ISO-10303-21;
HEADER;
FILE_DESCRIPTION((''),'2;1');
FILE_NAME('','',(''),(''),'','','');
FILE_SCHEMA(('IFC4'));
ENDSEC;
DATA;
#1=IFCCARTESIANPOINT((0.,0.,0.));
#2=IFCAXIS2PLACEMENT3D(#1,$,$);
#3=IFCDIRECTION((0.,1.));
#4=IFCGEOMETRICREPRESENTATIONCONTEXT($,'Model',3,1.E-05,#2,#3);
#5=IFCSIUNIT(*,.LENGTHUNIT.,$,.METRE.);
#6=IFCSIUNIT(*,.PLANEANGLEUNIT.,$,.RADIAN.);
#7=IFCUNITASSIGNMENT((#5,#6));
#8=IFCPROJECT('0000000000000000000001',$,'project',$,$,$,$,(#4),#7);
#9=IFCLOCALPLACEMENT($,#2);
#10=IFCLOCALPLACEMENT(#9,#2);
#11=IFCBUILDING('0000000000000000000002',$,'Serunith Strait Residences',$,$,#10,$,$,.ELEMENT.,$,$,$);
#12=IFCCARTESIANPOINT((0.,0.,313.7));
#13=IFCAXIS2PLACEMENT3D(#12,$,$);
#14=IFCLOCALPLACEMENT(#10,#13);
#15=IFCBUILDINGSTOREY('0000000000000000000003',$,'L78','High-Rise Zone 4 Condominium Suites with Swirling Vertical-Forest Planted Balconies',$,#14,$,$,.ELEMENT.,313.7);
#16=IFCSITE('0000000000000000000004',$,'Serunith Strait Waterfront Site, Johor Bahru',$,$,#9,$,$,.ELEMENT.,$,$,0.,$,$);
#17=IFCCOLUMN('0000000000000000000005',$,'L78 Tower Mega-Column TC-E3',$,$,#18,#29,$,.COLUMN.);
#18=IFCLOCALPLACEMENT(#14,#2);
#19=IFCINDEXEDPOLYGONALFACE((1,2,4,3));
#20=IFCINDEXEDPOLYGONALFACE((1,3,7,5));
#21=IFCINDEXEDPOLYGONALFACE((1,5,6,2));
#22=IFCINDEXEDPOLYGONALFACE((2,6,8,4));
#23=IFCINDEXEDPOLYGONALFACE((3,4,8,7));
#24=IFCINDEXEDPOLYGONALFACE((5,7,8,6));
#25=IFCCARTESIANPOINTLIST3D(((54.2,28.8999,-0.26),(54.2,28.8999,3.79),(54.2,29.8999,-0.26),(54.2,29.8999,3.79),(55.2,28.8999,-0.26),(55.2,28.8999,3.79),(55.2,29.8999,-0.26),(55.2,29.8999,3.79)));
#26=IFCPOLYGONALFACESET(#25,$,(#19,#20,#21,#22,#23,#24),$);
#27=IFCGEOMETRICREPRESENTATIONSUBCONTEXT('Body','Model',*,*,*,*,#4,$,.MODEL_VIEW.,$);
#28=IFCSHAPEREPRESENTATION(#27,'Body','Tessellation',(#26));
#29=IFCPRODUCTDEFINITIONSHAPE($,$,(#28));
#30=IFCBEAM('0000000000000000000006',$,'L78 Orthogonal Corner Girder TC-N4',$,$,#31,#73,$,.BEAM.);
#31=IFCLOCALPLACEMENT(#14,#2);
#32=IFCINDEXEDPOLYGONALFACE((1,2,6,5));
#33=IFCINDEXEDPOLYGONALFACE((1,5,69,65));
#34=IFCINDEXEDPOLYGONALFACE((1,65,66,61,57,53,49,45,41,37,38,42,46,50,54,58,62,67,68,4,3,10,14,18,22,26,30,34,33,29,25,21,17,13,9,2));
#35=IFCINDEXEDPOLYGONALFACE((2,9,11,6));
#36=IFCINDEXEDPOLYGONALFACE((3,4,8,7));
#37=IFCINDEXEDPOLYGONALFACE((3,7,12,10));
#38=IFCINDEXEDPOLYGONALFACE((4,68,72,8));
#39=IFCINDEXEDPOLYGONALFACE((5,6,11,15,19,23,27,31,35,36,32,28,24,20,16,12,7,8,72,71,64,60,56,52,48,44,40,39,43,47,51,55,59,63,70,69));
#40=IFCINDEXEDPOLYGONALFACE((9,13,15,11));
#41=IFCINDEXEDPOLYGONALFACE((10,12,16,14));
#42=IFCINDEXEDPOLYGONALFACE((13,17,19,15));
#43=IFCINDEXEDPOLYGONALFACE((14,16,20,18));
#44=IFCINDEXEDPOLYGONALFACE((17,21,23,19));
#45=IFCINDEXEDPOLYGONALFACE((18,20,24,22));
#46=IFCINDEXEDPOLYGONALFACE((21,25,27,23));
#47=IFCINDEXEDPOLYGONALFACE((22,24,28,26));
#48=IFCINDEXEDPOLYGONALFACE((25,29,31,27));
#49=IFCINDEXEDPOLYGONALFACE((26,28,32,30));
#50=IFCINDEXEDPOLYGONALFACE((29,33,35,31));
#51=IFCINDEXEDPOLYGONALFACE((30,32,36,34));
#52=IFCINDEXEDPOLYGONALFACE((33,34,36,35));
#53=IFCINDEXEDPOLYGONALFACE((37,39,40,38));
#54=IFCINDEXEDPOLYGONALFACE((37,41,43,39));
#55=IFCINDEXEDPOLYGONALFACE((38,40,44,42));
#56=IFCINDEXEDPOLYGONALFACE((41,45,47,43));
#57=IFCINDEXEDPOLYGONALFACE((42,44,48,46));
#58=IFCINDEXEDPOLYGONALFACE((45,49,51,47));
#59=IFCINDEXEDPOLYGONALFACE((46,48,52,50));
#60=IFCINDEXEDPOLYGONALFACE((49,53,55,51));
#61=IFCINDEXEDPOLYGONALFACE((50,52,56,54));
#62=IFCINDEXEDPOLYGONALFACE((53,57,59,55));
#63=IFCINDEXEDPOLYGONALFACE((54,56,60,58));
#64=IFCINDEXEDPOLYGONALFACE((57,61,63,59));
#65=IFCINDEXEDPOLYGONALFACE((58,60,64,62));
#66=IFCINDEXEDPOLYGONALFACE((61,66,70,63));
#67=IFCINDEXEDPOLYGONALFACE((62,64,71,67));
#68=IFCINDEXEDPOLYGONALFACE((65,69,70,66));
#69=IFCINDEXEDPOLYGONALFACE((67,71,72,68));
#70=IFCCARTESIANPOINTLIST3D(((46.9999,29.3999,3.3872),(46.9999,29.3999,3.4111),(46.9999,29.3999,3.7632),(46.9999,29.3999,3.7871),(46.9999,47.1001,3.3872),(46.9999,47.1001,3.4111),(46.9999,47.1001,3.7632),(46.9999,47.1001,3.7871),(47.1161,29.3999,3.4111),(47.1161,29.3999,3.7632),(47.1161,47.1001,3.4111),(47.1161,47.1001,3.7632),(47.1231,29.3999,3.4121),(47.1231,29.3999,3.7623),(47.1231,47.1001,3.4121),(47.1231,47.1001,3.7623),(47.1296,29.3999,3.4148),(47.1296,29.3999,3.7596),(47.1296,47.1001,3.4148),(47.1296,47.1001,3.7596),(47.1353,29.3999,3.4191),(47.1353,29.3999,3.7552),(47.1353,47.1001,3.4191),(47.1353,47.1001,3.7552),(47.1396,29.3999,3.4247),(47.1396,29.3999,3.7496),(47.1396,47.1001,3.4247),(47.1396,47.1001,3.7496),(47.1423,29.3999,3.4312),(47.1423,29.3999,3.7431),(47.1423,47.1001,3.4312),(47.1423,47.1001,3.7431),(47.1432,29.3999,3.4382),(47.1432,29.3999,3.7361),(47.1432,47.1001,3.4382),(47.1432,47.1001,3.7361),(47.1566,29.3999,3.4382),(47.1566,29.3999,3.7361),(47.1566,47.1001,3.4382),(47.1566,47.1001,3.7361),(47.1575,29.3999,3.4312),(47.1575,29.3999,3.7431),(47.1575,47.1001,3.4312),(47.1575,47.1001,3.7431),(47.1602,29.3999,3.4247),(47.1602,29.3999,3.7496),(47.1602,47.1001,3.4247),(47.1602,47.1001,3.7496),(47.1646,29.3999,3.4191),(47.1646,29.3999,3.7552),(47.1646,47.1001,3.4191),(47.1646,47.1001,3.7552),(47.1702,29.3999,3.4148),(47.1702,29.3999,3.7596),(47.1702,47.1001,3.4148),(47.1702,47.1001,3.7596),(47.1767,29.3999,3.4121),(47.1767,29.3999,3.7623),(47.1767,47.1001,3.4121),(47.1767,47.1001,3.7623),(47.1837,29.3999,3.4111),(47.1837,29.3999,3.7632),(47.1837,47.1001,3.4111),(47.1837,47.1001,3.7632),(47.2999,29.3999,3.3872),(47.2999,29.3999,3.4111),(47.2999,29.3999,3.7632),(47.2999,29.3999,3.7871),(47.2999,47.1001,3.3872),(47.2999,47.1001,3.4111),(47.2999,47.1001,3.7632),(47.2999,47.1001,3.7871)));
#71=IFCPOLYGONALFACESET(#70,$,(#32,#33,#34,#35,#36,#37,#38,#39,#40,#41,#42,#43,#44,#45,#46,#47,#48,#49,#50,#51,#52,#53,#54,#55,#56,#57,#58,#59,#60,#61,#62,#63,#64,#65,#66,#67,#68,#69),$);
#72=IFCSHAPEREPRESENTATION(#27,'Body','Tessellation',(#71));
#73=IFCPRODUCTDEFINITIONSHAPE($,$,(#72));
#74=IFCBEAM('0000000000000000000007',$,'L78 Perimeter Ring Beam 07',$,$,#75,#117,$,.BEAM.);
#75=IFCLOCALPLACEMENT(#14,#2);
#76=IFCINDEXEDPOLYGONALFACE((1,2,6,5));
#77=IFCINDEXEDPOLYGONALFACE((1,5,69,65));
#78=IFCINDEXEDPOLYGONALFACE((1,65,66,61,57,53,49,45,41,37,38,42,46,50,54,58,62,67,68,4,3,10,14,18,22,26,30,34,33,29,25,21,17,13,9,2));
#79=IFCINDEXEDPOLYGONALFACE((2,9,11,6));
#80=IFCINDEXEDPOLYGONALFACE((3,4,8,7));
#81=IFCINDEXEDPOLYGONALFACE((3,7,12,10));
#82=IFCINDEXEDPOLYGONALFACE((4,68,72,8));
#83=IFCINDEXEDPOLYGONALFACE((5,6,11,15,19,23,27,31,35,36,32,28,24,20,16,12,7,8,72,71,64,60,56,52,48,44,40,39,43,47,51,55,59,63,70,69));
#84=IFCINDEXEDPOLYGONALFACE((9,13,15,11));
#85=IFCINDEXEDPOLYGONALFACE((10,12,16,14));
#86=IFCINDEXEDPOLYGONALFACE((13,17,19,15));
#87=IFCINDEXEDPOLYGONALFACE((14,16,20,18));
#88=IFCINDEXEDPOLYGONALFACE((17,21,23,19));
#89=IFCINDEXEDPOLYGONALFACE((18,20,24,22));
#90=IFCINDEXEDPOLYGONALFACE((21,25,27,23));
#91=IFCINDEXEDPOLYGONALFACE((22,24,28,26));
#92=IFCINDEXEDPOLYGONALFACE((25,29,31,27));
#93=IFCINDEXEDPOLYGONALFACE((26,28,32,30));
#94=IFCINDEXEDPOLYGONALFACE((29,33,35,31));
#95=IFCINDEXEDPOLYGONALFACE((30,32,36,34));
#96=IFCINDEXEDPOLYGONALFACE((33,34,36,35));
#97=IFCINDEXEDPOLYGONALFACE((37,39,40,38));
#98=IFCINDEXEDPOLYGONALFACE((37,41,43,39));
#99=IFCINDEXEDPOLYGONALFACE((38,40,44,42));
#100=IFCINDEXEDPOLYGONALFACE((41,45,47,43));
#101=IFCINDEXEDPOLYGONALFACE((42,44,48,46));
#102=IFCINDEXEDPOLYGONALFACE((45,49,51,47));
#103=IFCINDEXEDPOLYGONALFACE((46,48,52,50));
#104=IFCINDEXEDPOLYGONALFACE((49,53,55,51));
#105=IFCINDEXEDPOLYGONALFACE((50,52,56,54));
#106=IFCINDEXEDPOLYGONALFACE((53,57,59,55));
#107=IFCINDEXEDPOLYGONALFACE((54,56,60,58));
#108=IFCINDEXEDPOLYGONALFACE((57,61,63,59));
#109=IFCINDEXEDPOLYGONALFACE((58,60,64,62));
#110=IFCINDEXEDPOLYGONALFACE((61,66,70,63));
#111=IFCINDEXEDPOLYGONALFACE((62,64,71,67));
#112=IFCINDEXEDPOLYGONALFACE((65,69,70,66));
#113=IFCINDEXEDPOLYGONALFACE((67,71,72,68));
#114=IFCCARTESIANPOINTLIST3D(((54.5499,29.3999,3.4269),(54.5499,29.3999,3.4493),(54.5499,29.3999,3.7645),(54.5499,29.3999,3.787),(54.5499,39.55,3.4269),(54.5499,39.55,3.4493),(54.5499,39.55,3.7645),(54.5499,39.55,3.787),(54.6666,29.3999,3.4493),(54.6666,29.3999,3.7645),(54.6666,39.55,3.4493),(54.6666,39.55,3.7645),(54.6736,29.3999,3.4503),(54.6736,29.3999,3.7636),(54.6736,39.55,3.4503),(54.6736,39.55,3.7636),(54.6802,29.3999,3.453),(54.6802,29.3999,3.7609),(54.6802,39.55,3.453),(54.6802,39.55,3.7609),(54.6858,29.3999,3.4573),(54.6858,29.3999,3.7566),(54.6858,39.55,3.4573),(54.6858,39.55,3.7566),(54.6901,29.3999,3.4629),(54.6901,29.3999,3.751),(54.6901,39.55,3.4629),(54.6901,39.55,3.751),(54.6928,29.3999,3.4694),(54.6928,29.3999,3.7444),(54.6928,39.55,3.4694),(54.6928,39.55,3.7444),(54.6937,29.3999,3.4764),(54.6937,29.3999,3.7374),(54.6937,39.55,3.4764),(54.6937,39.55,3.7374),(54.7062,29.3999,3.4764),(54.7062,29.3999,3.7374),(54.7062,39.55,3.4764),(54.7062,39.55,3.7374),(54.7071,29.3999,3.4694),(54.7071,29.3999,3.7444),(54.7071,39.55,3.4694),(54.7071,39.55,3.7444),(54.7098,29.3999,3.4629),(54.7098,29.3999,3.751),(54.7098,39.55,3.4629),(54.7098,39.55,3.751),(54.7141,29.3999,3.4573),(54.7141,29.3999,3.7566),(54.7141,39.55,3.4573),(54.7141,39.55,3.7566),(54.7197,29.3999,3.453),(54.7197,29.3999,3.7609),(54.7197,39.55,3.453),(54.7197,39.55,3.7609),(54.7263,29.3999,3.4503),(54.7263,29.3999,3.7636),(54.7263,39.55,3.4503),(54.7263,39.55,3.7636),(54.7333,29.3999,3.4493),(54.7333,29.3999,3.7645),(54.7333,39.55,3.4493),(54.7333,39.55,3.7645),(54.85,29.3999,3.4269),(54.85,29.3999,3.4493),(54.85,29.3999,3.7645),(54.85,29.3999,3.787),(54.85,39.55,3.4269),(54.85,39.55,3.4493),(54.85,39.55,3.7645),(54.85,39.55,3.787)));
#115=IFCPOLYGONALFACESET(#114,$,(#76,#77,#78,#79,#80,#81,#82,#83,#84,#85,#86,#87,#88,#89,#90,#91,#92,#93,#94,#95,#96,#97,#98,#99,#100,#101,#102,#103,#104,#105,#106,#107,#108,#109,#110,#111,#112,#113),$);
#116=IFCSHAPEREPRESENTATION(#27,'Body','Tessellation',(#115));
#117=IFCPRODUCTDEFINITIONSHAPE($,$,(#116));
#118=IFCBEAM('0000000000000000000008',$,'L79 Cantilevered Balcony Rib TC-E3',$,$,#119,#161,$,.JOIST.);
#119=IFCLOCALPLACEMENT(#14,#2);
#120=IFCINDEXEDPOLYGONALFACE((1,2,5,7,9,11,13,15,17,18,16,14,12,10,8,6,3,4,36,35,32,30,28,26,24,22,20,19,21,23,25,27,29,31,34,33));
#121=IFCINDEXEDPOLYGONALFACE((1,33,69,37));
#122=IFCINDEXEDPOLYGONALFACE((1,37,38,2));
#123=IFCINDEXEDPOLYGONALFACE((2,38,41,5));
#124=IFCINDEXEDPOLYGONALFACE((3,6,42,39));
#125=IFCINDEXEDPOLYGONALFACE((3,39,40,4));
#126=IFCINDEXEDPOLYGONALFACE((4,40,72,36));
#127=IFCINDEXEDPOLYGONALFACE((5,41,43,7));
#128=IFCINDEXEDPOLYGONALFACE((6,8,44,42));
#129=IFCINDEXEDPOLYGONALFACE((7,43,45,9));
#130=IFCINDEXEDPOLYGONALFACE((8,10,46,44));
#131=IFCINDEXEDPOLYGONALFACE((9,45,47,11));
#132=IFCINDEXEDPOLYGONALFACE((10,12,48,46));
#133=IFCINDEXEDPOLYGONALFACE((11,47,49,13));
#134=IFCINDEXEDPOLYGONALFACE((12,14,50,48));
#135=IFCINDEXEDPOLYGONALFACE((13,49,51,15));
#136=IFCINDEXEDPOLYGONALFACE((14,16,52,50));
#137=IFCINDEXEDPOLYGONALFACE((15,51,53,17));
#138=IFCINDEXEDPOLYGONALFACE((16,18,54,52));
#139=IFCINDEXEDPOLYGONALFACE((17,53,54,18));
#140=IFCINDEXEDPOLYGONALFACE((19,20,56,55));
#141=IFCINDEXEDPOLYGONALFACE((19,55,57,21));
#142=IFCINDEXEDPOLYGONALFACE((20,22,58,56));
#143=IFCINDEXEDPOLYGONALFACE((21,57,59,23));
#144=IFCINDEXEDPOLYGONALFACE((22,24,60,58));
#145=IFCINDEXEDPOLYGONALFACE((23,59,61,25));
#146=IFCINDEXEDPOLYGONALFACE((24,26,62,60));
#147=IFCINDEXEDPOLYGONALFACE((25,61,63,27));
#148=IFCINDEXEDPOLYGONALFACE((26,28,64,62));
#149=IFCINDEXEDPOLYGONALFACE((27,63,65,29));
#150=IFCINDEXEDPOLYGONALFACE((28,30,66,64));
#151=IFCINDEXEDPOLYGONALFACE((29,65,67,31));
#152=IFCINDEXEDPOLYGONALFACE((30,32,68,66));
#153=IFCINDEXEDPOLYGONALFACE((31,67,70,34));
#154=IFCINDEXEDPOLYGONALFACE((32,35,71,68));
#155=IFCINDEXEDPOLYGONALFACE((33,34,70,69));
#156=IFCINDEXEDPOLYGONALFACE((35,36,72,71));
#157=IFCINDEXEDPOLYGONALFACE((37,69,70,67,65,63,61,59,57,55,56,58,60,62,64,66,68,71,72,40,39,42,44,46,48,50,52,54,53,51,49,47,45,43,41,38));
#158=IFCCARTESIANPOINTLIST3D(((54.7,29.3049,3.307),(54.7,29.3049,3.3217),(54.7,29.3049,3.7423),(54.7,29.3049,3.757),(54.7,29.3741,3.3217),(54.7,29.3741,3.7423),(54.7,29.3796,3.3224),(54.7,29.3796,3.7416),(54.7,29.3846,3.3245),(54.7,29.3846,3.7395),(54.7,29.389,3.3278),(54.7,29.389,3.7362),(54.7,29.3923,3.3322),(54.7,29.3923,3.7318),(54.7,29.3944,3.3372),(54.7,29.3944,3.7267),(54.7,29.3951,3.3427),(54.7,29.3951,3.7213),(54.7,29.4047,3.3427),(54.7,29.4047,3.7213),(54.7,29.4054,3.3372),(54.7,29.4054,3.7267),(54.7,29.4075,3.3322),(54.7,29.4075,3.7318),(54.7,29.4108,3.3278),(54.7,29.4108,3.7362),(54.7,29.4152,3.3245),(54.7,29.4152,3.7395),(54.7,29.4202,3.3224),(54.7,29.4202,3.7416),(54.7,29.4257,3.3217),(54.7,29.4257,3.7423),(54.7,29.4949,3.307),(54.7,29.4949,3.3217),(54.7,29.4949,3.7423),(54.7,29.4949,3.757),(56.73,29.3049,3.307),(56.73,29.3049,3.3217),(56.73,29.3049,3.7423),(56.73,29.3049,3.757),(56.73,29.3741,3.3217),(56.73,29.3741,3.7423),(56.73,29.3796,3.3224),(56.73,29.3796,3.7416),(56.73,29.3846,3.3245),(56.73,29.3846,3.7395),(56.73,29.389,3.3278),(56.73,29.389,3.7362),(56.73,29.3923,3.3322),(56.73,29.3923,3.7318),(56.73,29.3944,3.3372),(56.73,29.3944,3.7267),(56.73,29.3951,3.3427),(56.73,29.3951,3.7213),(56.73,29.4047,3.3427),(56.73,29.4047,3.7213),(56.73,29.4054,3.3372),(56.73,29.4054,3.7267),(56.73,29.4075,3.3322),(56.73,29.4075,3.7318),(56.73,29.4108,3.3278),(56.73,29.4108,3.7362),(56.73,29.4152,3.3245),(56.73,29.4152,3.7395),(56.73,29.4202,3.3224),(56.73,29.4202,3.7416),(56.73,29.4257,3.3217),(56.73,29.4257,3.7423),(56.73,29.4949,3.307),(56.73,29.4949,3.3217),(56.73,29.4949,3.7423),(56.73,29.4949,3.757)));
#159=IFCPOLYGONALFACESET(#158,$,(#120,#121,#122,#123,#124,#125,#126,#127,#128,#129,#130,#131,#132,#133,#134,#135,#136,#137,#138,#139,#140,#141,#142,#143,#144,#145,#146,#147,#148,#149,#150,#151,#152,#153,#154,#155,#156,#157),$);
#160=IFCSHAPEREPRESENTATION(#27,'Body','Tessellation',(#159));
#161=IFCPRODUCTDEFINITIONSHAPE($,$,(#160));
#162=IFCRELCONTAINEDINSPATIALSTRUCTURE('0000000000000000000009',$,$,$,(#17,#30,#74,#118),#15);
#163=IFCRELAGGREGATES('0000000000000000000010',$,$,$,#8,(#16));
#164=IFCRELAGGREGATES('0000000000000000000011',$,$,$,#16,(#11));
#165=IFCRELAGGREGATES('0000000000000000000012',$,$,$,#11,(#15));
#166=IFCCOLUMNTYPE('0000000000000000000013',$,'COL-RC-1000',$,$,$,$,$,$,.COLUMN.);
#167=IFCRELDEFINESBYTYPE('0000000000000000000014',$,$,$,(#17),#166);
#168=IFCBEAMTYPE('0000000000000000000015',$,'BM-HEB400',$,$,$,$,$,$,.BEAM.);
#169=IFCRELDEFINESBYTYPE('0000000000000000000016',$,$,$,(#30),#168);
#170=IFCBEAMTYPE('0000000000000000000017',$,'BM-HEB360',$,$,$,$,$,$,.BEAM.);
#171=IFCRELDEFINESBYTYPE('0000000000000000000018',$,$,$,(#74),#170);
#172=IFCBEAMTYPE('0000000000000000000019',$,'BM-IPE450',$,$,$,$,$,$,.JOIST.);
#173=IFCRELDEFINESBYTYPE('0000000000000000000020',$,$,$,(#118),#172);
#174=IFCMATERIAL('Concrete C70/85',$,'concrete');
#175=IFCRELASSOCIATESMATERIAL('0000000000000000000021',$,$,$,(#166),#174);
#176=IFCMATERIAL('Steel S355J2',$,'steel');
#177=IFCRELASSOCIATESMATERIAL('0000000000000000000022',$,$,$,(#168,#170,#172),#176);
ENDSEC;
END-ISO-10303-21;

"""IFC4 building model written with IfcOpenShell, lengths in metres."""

from ifc_helpers import new_model, si_unit, direction, frame, origin, origin_2d, place, context, subcontext, project, spatial, rectangle, i_section, extrude, source, transform, mapped, material, material_profile, profile_set, type_object, element, save


model = new_model("IFC4")

# Units and contexts
model_context = context("Model", 3, precision=1e-05, world=origin(), true_north=direction((0.0, 1.0)))
body_context = subcontext(model_context, "Body", "Model", "MODEL_VIEW")
ifc_project = project(units=[si_unit("LENGTHUNIT", "METRE"), si_unit("PLANEANGLEUNIT", "RADIAN")], contexts=[model_context])

# Site, building, storey
site_placement = place(None, origin())
site = spatial("IfcSite", under=ifc_project, at=site_placement, Name="Serunith Strait Waterfront Site, Johor Bahru", CompositionType="ELEMENT", RefElevation=0.0)
building_placement = place(site_placement, origin())
building = spatial("IfcBuilding", under=site, at=building_placement, Name="Serunith Strait Residences", CompositionType="ELEMENT")
storey_placement = place(building_placement, frame((0.0, 0.0, 313.7)))
storey = spatial("IfcBuildingStorey", under=building, at=storey_placement, Name="L78", Description="High-Rise Zone 4 Condominium Suites with Swirling Vertical-Forest Planted Balconies", CompositionType="ELEMENT", Elevation=313.7)

# Column
ifc_material_1 = material(Name="Concrete C70/85", Category="concrete")
ifc_material_profile_1 = material_profile(ifc_material_1, rectangle(XDim=1.0, YDim=1.0, at=origin_2d()), Name="RC 1000x1000")
ifc_profile_set_1 = profile_set([ifc_material_profile_1], Name="Concrete C70/85")
column_type = type_object("IfcColumnType", Name="COL-RC-1000", PredefinedType="COLUMN", material=ifc_profile_set_1)
shared_shape_1 = source(origin(), body_context, "Body", "SweptSolid", [
    extrude(rectangle(XDim=1.0, YDim=1.0, at=origin_2d()), origin(), (0.0, 0.0, 1.0), 4.05),
])
column_placement = place(storey_placement, frame((54.7, 29.3999, -0.26), z_axis=(0.0, 0.0, 1.0), x_axis=(1.0, 0.0, 0.0)))
element("IfcColumn", 1, at=column_placement, inside=storey, type_object=column_type, Name="L78 Tower Mega-Column TC-E3", PredefinedType="COLUMN", context=body_context, shape_type="MappedRepresentation", body=[
    mapped(shared_shape_1, transform((0.0, 0.0, 0.0), scale=1.0)),
])

# Beams
ifc_material_2 = material(Name="Steel S355J2", Category="steel")
ifc_material_profile_2 = material_profile(ifc_material_2, i_section(OverallWidth=0.3, OverallDepth=0.3999, WebThickness=0.0134, FlangeThickness=0.0239, FilletRadius=0.0271, at=origin_2d()), Name="HEB 400")
ifc_profile_set_2 = profile_set([ifc_material_profile_2], Name="Steel S355J2")
beam_type_1 = type_object("IfcBeamType", Name="BM-HEB400", PredefinedType="BEAM", material=ifc_profile_set_2)
shared_shape_2 = source(origin(), body_context, "Body", "SweptSolid", [
    extrude(i_section(OverallWidth=0.3, OverallDepth=0.3999, WebThickness=0.0134, FlangeThickness=0.0239, FilletRadius=0.0271, at=origin_2d()), origin(), (0.0, 0.0, 1.0), 17.7002),
])
beam_1_placement = place(storey_placement, frame((47.1499, 29.3999, 3.5872), z_axis=(0.0, 1.0, 0.0), x_axis=(-1.0, 0.0, 0.0)))
element("IfcBeam", 2, at=beam_1_placement, inside=storey, type_object=beam_type_1, Name="L78 Orthogonal Corner Girder TC-N4", PredefinedType="BEAM", context=body_context, shape_type="MappedRepresentation", body=[
    mapped(shared_shape_2, transform((0.0, 0.0, 0.0), scale=1.0)),
])
ifc_material_profile_3 = material_profile(ifc_material_2, i_section(OverallWidth=0.3, OverallDepth=0.3601, WebThickness=0.0125, FlangeThickness=0.0225, FilletRadius=0.0271, at=origin_2d()), Name="HEB 360")
ifc_profile_set_3 = profile_set([ifc_material_profile_3], Name="Steel S355J2")
beam_type_2 = type_object("IfcBeamType", Name="BM-HEB360", PredefinedType="BEAM", material=ifc_profile_set_3)
shared_shape_3 = source(origin(), body_context, "Body", "SweptSolid", [
    extrude(i_section(OverallWidth=0.3, OverallDepth=0.3601, WebThickness=0.0125, FlangeThickness=0.0225, FilletRadius=0.0271, at=origin_2d()), origin(), (0.0, 0.0, 1.0), 10.1501),
])
beam_2_placement = place(storey_placement, frame((54.7, 29.3999, 3.6069), z_axis=(0.0, 1.0, 0.0), x_axis=(-1.0, 0.0, 0.0)))
element("IfcBeam", 3, at=beam_2_placement, inside=storey, type_object=beam_type_2, Name="L78 Perimeter Ring Beam 07", PredefinedType="BEAM", context=body_context, shape_type="MappedRepresentation", body=[
    mapped(shared_shape_3, transform((0.0, 0.0, 0.0), scale=1.0)),
])
ifc_material_profile_4 = material_profile(ifc_material_2, i_section(OverallWidth=0.1899, OverallDepth=0.45, WebThickness=0.0095, FlangeThickness=0.0146, FilletRadius=0.021, at=origin_2d()), Name="IPE 450")
ifc_profile_set_4 = profile_set([ifc_material_profile_4], Name="Steel S355J2")
beam_type_3 = type_object("IfcBeamType", Name="BM-IPE450", PredefinedType="JOIST", material=ifc_profile_set_4)
shared_shape_4 = source(origin(), body_context, "Body", "SweptSolid", [
    extrude(i_section(OverallWidth=0.1899, OverallDepth=0.45, WebThickness=0.0095, FlangeThickness=0.0146, FilletRadius=0.021, at=origin_2d()), origin(), (0.0, 0.0, 1.0), 2.03),
])
beam_3_placement = place(storey_placement, frame((54.7, 29.3999, 3.532), z_axis=(1.0, 0.0, 0.0), x_axis=(0.0, 1.0, 0.0)))
element("IfcBeam", 4, at=beam_3_placement, inside=storey, type_object=beam_type_3, Name="L79 Cantilevered Balcony Rib TC-E3", PredefinedType="JOIST", context=body_context, shape_type="MappedRepresentation", body=[
    mapped(shared_shape_4, transform((0.0, 0.0, 0.0), scale=1.0)),
])

save(model, "model.ifc")
